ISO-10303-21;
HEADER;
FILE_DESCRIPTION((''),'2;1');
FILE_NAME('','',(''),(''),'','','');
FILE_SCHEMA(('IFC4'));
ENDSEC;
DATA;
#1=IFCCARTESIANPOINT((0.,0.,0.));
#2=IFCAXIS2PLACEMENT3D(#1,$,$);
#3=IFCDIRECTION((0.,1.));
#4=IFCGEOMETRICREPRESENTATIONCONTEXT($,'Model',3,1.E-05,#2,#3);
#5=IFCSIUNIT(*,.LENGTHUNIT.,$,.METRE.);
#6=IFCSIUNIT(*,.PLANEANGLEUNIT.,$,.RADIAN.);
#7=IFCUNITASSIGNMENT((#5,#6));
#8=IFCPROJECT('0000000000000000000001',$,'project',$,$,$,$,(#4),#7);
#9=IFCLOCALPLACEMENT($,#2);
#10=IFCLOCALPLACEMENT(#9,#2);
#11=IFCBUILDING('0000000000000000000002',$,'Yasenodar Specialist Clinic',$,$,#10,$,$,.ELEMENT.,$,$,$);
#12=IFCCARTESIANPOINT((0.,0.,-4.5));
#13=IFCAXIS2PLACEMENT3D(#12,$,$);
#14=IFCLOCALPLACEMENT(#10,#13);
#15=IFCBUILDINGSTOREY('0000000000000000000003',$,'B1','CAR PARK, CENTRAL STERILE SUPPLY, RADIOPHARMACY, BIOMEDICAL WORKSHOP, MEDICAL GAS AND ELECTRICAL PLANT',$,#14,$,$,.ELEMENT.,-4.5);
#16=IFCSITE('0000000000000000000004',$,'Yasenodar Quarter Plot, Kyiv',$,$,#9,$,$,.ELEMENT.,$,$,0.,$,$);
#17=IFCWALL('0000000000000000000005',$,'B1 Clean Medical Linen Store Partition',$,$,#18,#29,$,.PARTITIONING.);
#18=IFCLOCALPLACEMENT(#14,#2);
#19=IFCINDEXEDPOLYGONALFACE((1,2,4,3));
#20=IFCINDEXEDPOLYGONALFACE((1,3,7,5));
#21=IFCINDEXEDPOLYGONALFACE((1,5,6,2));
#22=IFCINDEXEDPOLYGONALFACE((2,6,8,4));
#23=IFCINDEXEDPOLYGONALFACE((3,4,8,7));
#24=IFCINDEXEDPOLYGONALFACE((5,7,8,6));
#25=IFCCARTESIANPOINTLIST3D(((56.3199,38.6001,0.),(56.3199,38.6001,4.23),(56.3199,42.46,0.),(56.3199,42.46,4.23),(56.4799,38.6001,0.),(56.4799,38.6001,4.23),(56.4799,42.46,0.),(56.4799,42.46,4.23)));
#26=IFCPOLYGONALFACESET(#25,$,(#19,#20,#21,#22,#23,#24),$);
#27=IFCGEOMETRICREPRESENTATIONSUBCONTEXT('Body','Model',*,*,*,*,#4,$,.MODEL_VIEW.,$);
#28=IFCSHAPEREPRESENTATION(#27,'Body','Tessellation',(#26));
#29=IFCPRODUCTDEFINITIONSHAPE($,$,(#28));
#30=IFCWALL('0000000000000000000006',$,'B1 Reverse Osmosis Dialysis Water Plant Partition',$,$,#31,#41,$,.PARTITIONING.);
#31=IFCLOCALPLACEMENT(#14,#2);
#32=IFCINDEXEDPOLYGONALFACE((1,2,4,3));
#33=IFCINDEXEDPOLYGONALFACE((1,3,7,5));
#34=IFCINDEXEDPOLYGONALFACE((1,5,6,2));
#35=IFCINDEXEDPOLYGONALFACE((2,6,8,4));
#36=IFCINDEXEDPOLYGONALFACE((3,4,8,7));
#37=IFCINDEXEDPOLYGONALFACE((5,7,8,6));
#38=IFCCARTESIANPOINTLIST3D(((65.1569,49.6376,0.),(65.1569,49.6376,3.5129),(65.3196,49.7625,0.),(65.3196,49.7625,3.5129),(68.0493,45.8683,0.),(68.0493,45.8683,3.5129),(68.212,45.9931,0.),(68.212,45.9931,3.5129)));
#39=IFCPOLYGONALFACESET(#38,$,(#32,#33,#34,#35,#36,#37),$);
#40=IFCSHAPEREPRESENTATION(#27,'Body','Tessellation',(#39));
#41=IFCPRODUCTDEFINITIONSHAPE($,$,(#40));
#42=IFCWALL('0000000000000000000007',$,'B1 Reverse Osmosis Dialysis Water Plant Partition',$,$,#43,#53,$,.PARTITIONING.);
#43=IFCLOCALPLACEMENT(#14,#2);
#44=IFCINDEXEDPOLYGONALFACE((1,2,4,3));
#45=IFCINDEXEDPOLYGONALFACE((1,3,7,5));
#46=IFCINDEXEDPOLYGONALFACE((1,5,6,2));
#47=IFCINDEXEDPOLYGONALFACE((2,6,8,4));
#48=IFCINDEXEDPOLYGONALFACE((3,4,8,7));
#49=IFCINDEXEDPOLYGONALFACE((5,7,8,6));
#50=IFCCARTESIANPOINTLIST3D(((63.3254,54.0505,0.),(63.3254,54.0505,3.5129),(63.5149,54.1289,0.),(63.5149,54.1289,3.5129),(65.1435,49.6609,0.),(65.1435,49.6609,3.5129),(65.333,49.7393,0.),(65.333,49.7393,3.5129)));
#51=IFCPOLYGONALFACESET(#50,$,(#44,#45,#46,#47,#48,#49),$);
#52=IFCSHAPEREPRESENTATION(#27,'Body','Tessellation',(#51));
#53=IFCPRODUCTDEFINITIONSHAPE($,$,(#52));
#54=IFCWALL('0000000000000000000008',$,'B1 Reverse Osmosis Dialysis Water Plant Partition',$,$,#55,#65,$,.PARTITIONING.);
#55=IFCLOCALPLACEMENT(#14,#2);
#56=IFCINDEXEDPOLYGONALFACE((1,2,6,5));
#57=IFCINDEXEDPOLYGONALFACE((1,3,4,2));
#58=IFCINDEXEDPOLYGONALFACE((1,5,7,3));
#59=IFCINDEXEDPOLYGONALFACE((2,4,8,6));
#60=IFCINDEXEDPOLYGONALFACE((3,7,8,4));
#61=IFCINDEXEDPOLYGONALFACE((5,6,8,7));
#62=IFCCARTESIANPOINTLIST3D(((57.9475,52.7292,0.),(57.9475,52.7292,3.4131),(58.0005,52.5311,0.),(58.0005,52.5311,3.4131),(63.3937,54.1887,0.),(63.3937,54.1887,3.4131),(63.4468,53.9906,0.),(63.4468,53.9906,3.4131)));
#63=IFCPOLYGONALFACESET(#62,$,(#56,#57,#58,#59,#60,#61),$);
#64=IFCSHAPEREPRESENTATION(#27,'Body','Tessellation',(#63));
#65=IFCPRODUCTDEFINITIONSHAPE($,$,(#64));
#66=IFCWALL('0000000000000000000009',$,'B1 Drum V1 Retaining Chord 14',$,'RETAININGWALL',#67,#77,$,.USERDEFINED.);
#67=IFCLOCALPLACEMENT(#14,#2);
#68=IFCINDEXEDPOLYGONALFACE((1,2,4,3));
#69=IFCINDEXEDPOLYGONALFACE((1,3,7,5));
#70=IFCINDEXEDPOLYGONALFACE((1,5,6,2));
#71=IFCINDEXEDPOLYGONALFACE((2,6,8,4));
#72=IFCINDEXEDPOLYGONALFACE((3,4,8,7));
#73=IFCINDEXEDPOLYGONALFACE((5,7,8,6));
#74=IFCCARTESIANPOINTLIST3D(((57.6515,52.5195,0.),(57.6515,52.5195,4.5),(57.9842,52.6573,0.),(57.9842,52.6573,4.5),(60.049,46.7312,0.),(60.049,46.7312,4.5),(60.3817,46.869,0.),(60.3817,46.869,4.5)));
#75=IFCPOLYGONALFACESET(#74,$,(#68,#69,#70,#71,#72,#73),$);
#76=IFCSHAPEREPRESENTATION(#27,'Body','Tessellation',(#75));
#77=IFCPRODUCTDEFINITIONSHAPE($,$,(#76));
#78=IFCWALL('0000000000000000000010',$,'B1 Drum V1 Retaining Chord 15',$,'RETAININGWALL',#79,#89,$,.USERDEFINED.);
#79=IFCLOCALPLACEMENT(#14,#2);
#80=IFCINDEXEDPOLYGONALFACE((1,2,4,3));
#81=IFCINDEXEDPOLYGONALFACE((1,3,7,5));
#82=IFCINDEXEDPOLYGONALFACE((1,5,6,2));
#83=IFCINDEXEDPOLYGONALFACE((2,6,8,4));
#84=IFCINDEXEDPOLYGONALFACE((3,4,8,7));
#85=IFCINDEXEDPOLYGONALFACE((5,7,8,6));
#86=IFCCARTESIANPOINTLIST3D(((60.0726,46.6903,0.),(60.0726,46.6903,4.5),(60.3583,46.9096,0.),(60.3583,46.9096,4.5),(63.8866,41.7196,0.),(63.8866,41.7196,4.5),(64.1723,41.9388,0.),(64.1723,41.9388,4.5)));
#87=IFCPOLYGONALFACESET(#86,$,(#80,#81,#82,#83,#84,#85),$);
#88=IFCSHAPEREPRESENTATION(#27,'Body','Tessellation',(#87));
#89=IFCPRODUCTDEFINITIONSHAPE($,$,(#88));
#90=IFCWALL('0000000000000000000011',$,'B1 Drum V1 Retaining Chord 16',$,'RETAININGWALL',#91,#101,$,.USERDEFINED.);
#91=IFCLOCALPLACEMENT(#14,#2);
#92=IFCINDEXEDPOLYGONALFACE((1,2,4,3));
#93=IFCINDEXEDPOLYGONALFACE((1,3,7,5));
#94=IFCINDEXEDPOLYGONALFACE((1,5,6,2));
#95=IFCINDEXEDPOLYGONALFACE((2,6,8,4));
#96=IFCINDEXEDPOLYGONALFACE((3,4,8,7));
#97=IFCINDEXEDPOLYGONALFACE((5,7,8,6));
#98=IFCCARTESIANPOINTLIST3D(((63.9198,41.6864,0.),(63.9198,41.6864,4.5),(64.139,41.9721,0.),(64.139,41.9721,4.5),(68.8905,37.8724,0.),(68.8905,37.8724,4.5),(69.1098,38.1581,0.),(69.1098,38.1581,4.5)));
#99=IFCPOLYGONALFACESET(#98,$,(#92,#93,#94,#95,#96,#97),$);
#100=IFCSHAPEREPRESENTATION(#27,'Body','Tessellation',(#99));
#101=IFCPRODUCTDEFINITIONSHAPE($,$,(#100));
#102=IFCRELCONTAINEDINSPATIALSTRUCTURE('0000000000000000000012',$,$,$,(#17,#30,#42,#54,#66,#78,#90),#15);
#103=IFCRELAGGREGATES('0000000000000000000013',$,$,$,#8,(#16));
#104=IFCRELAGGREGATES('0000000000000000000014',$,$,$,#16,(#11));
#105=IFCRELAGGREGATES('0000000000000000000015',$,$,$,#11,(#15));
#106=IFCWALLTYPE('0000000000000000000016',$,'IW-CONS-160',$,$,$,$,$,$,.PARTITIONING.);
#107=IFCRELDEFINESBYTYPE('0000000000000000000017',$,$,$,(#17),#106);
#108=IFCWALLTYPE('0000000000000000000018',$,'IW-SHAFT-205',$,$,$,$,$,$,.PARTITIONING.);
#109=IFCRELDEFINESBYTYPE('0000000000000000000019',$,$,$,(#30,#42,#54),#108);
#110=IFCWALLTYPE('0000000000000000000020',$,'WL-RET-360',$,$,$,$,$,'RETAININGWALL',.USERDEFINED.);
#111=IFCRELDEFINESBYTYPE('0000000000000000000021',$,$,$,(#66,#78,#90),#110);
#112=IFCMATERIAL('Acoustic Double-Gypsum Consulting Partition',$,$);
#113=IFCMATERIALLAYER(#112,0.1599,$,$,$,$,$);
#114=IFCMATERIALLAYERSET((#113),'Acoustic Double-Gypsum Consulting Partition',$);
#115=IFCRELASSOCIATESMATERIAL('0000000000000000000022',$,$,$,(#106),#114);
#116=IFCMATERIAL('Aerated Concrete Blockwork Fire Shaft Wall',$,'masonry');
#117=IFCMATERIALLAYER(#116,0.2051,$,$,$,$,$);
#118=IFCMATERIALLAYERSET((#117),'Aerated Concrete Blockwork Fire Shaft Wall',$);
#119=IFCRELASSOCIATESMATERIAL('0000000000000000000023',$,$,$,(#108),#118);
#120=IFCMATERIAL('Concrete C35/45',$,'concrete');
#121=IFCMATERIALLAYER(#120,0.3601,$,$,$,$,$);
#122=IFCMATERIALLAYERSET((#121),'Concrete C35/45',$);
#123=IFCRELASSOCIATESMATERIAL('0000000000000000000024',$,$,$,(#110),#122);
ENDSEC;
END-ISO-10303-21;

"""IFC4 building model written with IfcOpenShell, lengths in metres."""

from ifc_helpers import new_model, si_unit, direction, frame, frame_2d, origin, place, context, subcontext, project, spatial, rectangle, extrude, material, layer, layer_set, type_object, element, save


model = new_model("IFC4")

# Units and contexts
model_context = context("Model", 3, precision=1e-05, world=origin(), true_north=direction((0.0, 1.0)))
body_context = subcontext(model_context, "Body", "Model", "MODEL_VIEW")
ifc_project = project(units=[si_unit("LENGTHUNIT", "METRE"), si_unit("PLANEANGLEUNIT", "RADIAN")], contexts=[model_context])

# Site, building, storey
site_placement = place(None, origin())
site = spatial("IfcSite", under=ifc_project, at=site_placement, Name="Yasenodar Quarter Plot, Kyiv", CompositionType="ELEMENT", RefElevation=0.0)
building_placement = place(site_placement, origin())
building = spatial("IfcBuilding", under=site, at=building_placement, Name="Yasenodar Specialist Clinic", CompositionType="ELEMENT")
storey_placement = place(building_placement, frame((0.0, 0.0, -4.5)))
storey = spatial("IfcBuildingStorey", under=building, at=storey_placement, Name="B1", Description="CAR PARK, CENTRAL STERILE SUPPLY, RADIOPHARMACY, BIOMEDICAL WORKSHOP, MEDICAL GAS AND ELECTRICAL PLANT", CompositionType="ELEMENT", Elevation=-4.5)

# Shared definitions
ifc_material_1 = material(Name="Concrete C35/45", Category="concrete")

# Shared definitions
ifc_material_2 = material(Name="Acoustic Double-Gypsum Consulting Partition")
ifc_layer_1 = layer(ifc_material_2, 0.1599)
ifc_layer_set_1 = layer_set([ifc_layer_1], Name="Acoustic Double-Gypsum Consulting Partition")
wall_type_1 = type_object("IfcWallType", Name="IW-CONS-160", PredefinedType="PARTITIONING", material=ifc_layer_set_1)

# Walls
wall_1_placement = place(storey_placement, frame((56.3999, 42.46, 0.0), z_axis=(0.0, 0.0, 1.0), x_axis=(0.0, -1.0, 0.0)))
element("IfcWall", 1, at=wall_1_placement, inside=storey, type_object=wall_type_1, Name="B1 Clean Medical Linen Store Partition", PredefinedType="PARTITIONING", context=body_context, shape_type="SweptSolid", body=[
    extrude(rectangle(XDim=3.8599, YDim=0.1599, at=frame_2d((1.9299, 0.0))), origin(), (0.0, 0.0, 1.0), 4.23),
])
ifc_material_3 = material(Name="Aerated Concrete Blockwork Fire Shaft Wall", Category="masonry")
ifc_layer_2 = layer(ifc_material_3, 0.2051)
ifc_layer_set_2 = layer_set([ifc_layer_2], Name="Aerated Concrete Blockwork Fire Shaft Wall")
wall_type_2 = type_object("IfcWallType", Name="IW-SHAFT-205", PredefinedType="PARTITIONING", material=ifc_layer_set_2)
for number, where, z_axis, x_axis, name in (
    (2, (65.2383, 49.7, 0.0), (0.0, 0.0, 1.0), (0.608769, -0.793347, 0.0), "B1 Reverse Osmosis Dialysis Water Plant Partition"),
    (3, (63.4202, 54.0896, 0.0), (0.0, 0.0, 1.0), (0.382659, -0.92389, 0.0), "B1 Reverse Osmosis Dialysis Water Plant Partition"),
):
    element("IfcWall", number, at=place(storey_placement, frame(where, z_axis=z_axis, x_axis=x_axis)), inside=storey, type_object=wall_type_2, Name=name, PredefinedType="PARTITIONING", context=body_context, shape_type="SweptSolid", body=[
        extrude(rectangle(XDim=4.7512, YDim=0.2051, at=frame_2d((2.3755, 0.0))), origin(), (0.0, 0.0, 1.0), 3.5129),
    ])
wall_2_placement = place(storey_placement, frame((57.9739, 52.6301, 0.0), z_axis=(0.0, 0.0, 1.0), x_axis=(0.965919, 0.258843, 0.0)))
element("IfcWall", 4, at=wall_2_placement, inside=storey, type_object=wall_type_2, Name="B1 Reverse Osmosis Dialysis Water Plant Partition", PredefinedType="PARTITIONING", context=body_context, shape_type="SweptSolid", body=[
    extrude(rectangle(XDim=5.6384, YDim=0.2051, at=frame_2d((2.8193, 0.0))), origin(), (0.0, 0.0, 1.0), 3.4131),
])
ifc_layer_3 = layer(ifc_material_1, 0.3601)
ifc_layer_set_3 = layer_set([ifc_layer_3], Name="Concrete C35/45")
wall_type_3 = type_object("IfcWallType", Name="WL-RET-360", ElementType="RETAININGWALL", PredefinedType="USERDEFINED", material=ifc_layer_set_3)
wall_3_placement = place(storey_placement, frame((57.8179, 52.5884, 0.0), z_axis=(0.0, 0.0, 1.0), x_axis=(0.382664, -0.923888, 0.0)))
element("IfcWall", 5, at=wall_3_placement, inside=storey, type_object=wall_type_3, Name="B1 Drum V1 Retaining Chord 14", ObjectType="RETAININGWALL", PredefinedType="USERDEFINED", context=body_context, shape_type="SweptSolid", body=[
    extrude(rectangle(XDim=6.2651, YDim=0.3601, at=frame_2d((3.1326, 0.0))), origin(), (0.0, 0.0, 1.0), 4.5),
])
for number, where, z_axis, x_axis, name in (
    (6, (60.2153, 46.8, 0.0), (0.0, 0.0, 1.0), (0.608742, -0.793368, 0.0), "B1 Drum V1 Retaining Chord 15"),
    (7, (64.0293, 41.8293, 0.0), (0.0, 0.0, 1.0), (0.793368, -0.608742, 0.0), "B1 Drum V1 Retaining Chord 16"),
):
    element("IfcWall", number, at=place(storey_placement, frame(where, z_axis=z_axis, x_axis=x_axis)), inside=storey, type_object=wall_type_3, Name=name, ObjectType="RETAININGWALL", PredefinedType="USERDEFINED", context=body_context, shape_type="SweptSolid", body=[
        extrude(rectangle(XDim=6.2654, YDim=0.3601, at=frame_2d((3.1328, 0.0))), origin(), (0.0, 0.0, 1.0), 4.5),
    ])

save(model, "model.ifc")
